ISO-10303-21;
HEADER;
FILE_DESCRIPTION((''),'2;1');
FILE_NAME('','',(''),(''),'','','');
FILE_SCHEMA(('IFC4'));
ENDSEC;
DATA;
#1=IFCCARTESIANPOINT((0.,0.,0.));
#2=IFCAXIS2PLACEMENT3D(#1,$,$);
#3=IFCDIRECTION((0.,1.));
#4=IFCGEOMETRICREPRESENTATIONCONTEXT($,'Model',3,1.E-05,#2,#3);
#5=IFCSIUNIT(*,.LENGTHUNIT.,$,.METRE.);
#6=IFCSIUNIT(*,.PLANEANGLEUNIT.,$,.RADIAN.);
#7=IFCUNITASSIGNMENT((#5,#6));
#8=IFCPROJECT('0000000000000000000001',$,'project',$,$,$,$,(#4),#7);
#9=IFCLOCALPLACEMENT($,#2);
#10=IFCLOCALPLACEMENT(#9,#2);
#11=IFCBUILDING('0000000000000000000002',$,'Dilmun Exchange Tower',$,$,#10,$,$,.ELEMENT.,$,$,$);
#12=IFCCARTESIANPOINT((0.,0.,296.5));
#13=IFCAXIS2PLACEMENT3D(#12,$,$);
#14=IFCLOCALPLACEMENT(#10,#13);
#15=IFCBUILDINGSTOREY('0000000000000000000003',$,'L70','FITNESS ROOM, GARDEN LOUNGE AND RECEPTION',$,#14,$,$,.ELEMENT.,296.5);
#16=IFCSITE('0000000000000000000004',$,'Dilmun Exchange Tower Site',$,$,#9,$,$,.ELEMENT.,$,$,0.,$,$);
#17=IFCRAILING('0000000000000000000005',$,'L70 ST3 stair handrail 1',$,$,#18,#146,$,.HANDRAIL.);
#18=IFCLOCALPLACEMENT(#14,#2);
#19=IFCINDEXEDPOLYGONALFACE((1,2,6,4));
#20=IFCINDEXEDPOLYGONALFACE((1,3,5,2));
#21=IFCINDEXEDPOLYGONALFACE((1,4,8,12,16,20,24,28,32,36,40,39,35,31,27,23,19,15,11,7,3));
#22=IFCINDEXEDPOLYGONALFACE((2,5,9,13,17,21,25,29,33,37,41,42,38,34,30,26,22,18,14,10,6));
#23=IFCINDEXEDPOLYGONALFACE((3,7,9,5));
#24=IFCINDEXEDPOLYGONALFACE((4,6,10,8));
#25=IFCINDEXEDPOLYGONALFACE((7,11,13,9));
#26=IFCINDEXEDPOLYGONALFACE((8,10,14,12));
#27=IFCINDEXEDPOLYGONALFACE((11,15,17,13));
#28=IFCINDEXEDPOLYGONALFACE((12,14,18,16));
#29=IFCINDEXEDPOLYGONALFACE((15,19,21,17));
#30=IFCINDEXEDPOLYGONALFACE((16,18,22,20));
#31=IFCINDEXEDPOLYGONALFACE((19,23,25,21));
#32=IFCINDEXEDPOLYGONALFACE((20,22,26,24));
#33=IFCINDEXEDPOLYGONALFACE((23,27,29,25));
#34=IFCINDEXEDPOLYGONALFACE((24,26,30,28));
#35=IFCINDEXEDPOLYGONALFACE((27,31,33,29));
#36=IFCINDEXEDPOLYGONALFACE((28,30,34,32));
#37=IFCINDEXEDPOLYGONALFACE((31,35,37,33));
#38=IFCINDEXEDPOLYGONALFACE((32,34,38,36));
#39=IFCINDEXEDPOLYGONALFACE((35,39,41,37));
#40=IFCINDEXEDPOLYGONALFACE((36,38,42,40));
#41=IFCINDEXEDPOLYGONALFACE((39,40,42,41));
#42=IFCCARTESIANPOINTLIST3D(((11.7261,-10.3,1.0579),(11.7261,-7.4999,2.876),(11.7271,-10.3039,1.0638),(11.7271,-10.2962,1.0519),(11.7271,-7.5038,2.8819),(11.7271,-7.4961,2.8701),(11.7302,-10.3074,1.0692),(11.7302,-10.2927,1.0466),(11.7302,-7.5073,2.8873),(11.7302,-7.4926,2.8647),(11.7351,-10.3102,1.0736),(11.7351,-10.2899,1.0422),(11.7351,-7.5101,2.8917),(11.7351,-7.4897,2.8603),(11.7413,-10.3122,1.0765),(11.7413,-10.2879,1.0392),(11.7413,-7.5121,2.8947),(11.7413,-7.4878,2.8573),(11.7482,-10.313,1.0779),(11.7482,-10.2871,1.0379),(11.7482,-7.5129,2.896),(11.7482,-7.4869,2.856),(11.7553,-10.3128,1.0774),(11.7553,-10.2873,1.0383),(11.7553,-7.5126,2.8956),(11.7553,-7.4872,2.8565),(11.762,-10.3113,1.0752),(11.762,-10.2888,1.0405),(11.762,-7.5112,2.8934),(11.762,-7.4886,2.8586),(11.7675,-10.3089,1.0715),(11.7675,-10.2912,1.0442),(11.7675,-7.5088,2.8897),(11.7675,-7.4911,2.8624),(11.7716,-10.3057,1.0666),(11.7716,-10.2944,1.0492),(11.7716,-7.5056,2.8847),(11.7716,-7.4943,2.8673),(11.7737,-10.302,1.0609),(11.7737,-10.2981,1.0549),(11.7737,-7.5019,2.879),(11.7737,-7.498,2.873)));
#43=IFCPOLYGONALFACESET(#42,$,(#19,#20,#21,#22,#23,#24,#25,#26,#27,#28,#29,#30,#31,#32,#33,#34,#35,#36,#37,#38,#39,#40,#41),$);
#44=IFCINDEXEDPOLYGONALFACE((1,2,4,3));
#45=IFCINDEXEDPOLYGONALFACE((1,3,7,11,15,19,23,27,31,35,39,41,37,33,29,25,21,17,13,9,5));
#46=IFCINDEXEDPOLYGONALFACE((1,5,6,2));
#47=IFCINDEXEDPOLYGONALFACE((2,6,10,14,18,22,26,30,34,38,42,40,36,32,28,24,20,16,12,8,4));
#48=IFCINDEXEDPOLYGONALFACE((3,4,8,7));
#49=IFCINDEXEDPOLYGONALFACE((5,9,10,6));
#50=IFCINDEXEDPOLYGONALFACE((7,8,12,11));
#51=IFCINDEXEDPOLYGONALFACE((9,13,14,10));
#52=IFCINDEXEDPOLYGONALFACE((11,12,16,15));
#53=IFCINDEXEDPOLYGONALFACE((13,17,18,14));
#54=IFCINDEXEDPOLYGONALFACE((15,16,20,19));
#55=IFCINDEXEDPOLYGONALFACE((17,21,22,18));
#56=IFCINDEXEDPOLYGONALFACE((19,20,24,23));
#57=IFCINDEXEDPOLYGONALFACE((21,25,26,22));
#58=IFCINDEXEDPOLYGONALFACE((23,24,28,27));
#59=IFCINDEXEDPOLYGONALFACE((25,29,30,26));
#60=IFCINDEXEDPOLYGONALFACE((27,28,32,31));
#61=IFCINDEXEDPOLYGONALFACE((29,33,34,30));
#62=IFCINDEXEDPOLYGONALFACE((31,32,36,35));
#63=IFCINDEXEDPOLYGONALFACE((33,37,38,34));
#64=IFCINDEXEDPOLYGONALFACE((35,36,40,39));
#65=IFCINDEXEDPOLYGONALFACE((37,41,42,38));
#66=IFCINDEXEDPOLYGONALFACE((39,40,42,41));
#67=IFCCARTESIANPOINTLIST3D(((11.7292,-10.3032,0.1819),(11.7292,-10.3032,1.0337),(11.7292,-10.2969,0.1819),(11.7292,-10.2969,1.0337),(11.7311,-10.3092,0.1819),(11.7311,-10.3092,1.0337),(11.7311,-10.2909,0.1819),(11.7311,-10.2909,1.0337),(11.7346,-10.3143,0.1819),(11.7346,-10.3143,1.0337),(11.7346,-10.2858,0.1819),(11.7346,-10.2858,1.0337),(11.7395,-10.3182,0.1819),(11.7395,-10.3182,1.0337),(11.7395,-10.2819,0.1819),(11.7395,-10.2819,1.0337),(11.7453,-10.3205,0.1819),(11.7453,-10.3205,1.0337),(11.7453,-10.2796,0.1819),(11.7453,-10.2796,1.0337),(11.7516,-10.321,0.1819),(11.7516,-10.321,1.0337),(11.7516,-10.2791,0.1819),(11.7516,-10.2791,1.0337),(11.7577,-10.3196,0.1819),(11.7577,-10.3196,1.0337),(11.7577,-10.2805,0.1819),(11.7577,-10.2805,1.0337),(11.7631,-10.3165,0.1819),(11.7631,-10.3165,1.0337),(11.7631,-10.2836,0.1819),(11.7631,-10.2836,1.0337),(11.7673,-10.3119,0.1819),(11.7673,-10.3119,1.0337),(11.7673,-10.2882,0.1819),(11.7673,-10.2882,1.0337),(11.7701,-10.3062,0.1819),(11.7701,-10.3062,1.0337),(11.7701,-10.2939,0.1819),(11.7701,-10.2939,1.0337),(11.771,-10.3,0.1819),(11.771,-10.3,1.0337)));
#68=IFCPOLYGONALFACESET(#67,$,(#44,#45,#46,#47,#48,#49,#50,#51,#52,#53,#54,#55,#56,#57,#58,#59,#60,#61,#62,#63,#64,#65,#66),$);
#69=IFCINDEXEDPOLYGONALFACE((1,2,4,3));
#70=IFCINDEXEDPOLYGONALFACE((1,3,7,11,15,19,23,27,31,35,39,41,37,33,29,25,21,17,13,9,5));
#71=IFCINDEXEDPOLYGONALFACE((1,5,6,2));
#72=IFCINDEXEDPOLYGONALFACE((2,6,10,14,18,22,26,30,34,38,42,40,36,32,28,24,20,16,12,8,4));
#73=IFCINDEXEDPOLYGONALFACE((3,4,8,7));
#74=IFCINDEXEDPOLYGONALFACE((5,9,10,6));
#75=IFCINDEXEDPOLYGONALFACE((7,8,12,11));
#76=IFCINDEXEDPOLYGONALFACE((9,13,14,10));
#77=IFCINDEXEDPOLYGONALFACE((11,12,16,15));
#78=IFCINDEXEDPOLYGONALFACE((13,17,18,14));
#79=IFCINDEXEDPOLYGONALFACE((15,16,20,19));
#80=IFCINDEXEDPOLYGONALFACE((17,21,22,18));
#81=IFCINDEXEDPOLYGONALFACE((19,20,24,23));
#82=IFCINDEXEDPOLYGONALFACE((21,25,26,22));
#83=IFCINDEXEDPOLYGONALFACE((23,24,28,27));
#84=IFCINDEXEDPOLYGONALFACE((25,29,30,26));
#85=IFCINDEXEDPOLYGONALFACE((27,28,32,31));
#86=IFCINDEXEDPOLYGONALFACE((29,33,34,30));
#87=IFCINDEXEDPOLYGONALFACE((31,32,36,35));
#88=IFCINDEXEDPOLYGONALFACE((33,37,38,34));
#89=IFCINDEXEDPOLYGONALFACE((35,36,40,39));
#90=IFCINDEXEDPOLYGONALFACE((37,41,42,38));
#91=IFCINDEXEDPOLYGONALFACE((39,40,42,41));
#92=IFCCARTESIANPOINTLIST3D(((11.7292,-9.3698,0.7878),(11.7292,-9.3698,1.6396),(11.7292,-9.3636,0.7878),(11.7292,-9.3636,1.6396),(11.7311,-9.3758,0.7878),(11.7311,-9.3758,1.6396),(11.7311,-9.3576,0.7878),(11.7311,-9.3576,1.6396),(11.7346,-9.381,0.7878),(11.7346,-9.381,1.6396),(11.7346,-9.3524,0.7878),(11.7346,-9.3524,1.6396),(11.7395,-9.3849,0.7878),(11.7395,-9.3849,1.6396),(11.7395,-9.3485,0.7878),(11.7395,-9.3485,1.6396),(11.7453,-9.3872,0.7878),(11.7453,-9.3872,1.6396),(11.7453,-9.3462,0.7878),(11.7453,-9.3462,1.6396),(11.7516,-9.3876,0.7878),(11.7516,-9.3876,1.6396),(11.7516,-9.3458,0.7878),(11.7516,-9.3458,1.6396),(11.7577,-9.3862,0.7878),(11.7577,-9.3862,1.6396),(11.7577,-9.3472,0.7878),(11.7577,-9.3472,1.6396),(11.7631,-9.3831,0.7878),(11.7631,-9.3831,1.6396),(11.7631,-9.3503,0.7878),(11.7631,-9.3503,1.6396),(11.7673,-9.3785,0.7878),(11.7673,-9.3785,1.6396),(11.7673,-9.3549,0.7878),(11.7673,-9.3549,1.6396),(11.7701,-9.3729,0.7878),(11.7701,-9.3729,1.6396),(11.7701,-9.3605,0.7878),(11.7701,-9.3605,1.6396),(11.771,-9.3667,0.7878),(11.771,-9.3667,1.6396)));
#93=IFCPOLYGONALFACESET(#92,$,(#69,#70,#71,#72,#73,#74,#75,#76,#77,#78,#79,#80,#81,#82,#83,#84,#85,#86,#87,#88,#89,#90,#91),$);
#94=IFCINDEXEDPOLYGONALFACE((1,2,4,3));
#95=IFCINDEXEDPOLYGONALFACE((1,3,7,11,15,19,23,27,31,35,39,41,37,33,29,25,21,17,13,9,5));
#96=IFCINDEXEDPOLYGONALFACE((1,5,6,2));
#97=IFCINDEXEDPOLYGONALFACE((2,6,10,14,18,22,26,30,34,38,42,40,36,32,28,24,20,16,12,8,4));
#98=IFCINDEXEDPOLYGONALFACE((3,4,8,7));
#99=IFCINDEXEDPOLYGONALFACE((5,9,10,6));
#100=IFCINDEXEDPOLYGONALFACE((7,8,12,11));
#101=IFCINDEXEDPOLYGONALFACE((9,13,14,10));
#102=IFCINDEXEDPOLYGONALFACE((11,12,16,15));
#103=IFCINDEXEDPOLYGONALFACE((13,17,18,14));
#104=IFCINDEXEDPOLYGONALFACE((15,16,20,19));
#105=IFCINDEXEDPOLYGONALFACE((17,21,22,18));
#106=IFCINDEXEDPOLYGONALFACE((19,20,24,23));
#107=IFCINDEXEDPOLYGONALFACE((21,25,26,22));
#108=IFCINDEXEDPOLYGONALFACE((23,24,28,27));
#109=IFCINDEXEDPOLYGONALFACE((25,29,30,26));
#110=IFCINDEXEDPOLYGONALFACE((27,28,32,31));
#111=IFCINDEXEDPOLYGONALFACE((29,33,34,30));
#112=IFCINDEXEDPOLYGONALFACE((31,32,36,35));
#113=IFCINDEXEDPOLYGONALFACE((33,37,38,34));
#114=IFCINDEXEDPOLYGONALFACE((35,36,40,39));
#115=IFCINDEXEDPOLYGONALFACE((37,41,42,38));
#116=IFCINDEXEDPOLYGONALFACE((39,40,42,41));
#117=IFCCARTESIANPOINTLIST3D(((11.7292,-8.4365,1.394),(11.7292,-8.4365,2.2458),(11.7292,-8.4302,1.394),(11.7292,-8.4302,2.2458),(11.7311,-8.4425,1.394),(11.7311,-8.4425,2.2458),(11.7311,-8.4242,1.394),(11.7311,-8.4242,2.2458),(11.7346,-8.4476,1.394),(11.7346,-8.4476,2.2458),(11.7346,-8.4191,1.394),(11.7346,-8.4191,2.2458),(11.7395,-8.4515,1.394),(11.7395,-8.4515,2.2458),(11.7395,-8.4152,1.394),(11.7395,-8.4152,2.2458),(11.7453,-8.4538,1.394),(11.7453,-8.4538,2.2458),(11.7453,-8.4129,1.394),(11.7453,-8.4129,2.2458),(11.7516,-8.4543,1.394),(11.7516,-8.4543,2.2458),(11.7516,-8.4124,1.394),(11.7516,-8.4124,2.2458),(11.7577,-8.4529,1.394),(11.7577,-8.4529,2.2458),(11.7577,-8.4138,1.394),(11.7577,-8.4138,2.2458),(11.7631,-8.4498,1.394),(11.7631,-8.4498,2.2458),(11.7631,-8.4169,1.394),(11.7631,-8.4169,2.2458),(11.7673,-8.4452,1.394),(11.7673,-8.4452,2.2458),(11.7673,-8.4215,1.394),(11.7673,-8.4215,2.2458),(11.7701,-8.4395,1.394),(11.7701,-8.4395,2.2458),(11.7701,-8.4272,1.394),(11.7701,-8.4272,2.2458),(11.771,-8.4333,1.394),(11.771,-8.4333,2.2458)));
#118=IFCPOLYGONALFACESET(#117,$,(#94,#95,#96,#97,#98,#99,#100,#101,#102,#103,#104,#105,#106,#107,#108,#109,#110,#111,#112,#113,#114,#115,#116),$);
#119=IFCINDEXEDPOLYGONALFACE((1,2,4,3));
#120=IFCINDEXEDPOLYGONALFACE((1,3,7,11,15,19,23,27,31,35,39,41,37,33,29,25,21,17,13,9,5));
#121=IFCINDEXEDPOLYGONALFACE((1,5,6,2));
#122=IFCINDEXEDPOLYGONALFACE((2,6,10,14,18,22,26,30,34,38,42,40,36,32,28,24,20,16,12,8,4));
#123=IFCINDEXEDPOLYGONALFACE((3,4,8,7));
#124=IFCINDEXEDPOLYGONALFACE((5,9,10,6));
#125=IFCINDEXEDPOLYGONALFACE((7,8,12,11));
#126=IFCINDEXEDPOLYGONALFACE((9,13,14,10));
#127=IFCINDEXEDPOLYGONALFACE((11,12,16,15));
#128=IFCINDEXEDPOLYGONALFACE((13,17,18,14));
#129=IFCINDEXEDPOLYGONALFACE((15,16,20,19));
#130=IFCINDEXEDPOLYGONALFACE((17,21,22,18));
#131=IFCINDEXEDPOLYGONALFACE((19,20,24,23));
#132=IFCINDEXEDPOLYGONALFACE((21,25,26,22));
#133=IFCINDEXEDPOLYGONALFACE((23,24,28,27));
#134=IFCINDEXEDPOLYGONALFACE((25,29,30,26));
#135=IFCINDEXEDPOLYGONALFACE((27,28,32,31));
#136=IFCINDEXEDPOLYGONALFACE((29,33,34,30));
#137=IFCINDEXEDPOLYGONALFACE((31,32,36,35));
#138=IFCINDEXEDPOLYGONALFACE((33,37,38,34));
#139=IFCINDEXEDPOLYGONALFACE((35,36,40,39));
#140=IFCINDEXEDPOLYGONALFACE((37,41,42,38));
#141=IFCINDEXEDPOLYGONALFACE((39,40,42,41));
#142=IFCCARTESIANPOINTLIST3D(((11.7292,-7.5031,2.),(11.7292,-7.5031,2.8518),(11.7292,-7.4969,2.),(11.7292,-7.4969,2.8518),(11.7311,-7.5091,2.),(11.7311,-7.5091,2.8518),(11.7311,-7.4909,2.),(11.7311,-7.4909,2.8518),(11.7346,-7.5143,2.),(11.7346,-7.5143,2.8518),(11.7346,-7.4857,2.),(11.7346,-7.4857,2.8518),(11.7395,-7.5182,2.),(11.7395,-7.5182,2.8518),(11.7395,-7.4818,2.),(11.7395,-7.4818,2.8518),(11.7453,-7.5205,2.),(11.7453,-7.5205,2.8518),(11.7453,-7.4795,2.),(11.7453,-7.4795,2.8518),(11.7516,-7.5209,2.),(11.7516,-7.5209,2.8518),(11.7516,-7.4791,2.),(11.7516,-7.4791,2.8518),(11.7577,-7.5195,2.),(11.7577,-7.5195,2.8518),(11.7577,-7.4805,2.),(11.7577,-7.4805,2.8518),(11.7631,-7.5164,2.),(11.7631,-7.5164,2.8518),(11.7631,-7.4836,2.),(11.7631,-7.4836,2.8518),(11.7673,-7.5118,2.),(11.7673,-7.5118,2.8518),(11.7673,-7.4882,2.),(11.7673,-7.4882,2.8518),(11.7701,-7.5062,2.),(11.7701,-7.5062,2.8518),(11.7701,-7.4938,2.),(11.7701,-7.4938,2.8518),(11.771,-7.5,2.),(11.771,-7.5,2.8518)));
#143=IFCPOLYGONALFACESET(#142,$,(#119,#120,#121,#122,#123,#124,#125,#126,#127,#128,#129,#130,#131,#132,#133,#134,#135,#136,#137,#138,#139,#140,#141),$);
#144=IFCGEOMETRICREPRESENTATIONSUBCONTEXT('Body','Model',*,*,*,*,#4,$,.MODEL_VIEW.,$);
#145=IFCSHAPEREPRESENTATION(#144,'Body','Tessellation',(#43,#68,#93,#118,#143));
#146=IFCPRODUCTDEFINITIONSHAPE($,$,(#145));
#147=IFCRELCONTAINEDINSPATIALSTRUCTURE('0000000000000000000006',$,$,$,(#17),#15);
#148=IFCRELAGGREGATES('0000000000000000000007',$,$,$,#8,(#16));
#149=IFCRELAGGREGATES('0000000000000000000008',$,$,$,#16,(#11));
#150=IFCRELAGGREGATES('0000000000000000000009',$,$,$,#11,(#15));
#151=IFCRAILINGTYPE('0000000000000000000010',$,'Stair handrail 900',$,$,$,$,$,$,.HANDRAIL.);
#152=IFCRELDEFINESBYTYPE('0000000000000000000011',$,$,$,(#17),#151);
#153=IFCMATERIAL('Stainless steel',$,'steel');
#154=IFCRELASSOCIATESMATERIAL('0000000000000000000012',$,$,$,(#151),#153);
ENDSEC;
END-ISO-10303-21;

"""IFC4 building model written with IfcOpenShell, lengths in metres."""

from ifc_helpers import new_model, si_unit, direction, frame, origin, origin_2d, place, context, subcontext, project, spatial, circle, extrude, material, type_object, element, save


model = new_model("IFC4")

# Units and contexts
model_context = context("Model", 3, precision=1e-05, world=origin(), true_north=direction((0.0, 1.0)))
body_context = subcontext(model_context, "Body", "Model", "MODEL_VIEW")
ifc_project = project(units=[si_unit("LENGTHUNIT", "METRE"), si_unit("PLANEANGLEUNIT", "RADIAN")], contexts=[model_context])

# Site, building, storey
site_placement = place(None, origin())
site = spatial("IfcSite", under=ifc_project, at=site_placement, Name="Dilmun Exchange Tower Site", CompositionType="ELEMENT", RefElevation=0.0)
building_placement = place(site_placement, origin())
building = spatial("IfcBuilding", under=site, at=building_placement, Name="Dilmun Exchange Tower", CompositionType="ELEMENT")
storey_placement = place(building_placement, frame((0.0, 0.0, 296.5)))
storey = spatial("IfcBuildingStorey", under=building, at=storey_placement, Name="L70", Description="FITNESS ROOM, GARDEN LOUNGE AND RECEPTION", CompositionType="ELEMENT", Elevation=296.5)

# Railing
ifc_material_1 = material(Name="Stainless steel", Category="steel")
railing_type = type_object("IfcRailingType", Name="Stair handrail 900", PredefinedType="HANDRAIL", material=ifc_material_1)
railing_placement = place(storey_placement, frame((11.75, -10.3, 0.1819)))
element("IfcRailing", 1, at=railing_placement, inside=storey, type_object=railing_type, Name="L70 ST3 stair handrail 1", PredefinedType="HANDRAIL", context=body_context, shape_type="SweptSolid", body=[
    extrude(circle(Radius=0.0239, at=origin_2d()), frame((0.0, 0.0, 0.876), z_axis=(0.0, 0.838706, 0.544585), x_axis=(-1.0, 0.0, 0.0)), (0.0, 0.0, 1.0), 3.3386),
    extrude(circle(Radius=0.021, at=origin_2d()), origin(), (0.0, 0.0, 1.0), 0.8518),
    extrude(circle(Radius=0.021, at=origin_2d()), frame((0.0, 0.9333, 0.606)), (0.0, 0.0, 1.0), 0.8518),
    extrude(circle(Radius=0.021, at=origin_2d()), frame((0.0, 1.8667, 1.2122)), (0.0, 0.0, 1.0), 0.8518),
    extrude(circle(Radius=0.021, at=origin_2d()), frame((0.0, 2.8, 1.8181)), (0.0, 0.0, 1.0), 0.8518),
])

save(model, "model.ifc")
